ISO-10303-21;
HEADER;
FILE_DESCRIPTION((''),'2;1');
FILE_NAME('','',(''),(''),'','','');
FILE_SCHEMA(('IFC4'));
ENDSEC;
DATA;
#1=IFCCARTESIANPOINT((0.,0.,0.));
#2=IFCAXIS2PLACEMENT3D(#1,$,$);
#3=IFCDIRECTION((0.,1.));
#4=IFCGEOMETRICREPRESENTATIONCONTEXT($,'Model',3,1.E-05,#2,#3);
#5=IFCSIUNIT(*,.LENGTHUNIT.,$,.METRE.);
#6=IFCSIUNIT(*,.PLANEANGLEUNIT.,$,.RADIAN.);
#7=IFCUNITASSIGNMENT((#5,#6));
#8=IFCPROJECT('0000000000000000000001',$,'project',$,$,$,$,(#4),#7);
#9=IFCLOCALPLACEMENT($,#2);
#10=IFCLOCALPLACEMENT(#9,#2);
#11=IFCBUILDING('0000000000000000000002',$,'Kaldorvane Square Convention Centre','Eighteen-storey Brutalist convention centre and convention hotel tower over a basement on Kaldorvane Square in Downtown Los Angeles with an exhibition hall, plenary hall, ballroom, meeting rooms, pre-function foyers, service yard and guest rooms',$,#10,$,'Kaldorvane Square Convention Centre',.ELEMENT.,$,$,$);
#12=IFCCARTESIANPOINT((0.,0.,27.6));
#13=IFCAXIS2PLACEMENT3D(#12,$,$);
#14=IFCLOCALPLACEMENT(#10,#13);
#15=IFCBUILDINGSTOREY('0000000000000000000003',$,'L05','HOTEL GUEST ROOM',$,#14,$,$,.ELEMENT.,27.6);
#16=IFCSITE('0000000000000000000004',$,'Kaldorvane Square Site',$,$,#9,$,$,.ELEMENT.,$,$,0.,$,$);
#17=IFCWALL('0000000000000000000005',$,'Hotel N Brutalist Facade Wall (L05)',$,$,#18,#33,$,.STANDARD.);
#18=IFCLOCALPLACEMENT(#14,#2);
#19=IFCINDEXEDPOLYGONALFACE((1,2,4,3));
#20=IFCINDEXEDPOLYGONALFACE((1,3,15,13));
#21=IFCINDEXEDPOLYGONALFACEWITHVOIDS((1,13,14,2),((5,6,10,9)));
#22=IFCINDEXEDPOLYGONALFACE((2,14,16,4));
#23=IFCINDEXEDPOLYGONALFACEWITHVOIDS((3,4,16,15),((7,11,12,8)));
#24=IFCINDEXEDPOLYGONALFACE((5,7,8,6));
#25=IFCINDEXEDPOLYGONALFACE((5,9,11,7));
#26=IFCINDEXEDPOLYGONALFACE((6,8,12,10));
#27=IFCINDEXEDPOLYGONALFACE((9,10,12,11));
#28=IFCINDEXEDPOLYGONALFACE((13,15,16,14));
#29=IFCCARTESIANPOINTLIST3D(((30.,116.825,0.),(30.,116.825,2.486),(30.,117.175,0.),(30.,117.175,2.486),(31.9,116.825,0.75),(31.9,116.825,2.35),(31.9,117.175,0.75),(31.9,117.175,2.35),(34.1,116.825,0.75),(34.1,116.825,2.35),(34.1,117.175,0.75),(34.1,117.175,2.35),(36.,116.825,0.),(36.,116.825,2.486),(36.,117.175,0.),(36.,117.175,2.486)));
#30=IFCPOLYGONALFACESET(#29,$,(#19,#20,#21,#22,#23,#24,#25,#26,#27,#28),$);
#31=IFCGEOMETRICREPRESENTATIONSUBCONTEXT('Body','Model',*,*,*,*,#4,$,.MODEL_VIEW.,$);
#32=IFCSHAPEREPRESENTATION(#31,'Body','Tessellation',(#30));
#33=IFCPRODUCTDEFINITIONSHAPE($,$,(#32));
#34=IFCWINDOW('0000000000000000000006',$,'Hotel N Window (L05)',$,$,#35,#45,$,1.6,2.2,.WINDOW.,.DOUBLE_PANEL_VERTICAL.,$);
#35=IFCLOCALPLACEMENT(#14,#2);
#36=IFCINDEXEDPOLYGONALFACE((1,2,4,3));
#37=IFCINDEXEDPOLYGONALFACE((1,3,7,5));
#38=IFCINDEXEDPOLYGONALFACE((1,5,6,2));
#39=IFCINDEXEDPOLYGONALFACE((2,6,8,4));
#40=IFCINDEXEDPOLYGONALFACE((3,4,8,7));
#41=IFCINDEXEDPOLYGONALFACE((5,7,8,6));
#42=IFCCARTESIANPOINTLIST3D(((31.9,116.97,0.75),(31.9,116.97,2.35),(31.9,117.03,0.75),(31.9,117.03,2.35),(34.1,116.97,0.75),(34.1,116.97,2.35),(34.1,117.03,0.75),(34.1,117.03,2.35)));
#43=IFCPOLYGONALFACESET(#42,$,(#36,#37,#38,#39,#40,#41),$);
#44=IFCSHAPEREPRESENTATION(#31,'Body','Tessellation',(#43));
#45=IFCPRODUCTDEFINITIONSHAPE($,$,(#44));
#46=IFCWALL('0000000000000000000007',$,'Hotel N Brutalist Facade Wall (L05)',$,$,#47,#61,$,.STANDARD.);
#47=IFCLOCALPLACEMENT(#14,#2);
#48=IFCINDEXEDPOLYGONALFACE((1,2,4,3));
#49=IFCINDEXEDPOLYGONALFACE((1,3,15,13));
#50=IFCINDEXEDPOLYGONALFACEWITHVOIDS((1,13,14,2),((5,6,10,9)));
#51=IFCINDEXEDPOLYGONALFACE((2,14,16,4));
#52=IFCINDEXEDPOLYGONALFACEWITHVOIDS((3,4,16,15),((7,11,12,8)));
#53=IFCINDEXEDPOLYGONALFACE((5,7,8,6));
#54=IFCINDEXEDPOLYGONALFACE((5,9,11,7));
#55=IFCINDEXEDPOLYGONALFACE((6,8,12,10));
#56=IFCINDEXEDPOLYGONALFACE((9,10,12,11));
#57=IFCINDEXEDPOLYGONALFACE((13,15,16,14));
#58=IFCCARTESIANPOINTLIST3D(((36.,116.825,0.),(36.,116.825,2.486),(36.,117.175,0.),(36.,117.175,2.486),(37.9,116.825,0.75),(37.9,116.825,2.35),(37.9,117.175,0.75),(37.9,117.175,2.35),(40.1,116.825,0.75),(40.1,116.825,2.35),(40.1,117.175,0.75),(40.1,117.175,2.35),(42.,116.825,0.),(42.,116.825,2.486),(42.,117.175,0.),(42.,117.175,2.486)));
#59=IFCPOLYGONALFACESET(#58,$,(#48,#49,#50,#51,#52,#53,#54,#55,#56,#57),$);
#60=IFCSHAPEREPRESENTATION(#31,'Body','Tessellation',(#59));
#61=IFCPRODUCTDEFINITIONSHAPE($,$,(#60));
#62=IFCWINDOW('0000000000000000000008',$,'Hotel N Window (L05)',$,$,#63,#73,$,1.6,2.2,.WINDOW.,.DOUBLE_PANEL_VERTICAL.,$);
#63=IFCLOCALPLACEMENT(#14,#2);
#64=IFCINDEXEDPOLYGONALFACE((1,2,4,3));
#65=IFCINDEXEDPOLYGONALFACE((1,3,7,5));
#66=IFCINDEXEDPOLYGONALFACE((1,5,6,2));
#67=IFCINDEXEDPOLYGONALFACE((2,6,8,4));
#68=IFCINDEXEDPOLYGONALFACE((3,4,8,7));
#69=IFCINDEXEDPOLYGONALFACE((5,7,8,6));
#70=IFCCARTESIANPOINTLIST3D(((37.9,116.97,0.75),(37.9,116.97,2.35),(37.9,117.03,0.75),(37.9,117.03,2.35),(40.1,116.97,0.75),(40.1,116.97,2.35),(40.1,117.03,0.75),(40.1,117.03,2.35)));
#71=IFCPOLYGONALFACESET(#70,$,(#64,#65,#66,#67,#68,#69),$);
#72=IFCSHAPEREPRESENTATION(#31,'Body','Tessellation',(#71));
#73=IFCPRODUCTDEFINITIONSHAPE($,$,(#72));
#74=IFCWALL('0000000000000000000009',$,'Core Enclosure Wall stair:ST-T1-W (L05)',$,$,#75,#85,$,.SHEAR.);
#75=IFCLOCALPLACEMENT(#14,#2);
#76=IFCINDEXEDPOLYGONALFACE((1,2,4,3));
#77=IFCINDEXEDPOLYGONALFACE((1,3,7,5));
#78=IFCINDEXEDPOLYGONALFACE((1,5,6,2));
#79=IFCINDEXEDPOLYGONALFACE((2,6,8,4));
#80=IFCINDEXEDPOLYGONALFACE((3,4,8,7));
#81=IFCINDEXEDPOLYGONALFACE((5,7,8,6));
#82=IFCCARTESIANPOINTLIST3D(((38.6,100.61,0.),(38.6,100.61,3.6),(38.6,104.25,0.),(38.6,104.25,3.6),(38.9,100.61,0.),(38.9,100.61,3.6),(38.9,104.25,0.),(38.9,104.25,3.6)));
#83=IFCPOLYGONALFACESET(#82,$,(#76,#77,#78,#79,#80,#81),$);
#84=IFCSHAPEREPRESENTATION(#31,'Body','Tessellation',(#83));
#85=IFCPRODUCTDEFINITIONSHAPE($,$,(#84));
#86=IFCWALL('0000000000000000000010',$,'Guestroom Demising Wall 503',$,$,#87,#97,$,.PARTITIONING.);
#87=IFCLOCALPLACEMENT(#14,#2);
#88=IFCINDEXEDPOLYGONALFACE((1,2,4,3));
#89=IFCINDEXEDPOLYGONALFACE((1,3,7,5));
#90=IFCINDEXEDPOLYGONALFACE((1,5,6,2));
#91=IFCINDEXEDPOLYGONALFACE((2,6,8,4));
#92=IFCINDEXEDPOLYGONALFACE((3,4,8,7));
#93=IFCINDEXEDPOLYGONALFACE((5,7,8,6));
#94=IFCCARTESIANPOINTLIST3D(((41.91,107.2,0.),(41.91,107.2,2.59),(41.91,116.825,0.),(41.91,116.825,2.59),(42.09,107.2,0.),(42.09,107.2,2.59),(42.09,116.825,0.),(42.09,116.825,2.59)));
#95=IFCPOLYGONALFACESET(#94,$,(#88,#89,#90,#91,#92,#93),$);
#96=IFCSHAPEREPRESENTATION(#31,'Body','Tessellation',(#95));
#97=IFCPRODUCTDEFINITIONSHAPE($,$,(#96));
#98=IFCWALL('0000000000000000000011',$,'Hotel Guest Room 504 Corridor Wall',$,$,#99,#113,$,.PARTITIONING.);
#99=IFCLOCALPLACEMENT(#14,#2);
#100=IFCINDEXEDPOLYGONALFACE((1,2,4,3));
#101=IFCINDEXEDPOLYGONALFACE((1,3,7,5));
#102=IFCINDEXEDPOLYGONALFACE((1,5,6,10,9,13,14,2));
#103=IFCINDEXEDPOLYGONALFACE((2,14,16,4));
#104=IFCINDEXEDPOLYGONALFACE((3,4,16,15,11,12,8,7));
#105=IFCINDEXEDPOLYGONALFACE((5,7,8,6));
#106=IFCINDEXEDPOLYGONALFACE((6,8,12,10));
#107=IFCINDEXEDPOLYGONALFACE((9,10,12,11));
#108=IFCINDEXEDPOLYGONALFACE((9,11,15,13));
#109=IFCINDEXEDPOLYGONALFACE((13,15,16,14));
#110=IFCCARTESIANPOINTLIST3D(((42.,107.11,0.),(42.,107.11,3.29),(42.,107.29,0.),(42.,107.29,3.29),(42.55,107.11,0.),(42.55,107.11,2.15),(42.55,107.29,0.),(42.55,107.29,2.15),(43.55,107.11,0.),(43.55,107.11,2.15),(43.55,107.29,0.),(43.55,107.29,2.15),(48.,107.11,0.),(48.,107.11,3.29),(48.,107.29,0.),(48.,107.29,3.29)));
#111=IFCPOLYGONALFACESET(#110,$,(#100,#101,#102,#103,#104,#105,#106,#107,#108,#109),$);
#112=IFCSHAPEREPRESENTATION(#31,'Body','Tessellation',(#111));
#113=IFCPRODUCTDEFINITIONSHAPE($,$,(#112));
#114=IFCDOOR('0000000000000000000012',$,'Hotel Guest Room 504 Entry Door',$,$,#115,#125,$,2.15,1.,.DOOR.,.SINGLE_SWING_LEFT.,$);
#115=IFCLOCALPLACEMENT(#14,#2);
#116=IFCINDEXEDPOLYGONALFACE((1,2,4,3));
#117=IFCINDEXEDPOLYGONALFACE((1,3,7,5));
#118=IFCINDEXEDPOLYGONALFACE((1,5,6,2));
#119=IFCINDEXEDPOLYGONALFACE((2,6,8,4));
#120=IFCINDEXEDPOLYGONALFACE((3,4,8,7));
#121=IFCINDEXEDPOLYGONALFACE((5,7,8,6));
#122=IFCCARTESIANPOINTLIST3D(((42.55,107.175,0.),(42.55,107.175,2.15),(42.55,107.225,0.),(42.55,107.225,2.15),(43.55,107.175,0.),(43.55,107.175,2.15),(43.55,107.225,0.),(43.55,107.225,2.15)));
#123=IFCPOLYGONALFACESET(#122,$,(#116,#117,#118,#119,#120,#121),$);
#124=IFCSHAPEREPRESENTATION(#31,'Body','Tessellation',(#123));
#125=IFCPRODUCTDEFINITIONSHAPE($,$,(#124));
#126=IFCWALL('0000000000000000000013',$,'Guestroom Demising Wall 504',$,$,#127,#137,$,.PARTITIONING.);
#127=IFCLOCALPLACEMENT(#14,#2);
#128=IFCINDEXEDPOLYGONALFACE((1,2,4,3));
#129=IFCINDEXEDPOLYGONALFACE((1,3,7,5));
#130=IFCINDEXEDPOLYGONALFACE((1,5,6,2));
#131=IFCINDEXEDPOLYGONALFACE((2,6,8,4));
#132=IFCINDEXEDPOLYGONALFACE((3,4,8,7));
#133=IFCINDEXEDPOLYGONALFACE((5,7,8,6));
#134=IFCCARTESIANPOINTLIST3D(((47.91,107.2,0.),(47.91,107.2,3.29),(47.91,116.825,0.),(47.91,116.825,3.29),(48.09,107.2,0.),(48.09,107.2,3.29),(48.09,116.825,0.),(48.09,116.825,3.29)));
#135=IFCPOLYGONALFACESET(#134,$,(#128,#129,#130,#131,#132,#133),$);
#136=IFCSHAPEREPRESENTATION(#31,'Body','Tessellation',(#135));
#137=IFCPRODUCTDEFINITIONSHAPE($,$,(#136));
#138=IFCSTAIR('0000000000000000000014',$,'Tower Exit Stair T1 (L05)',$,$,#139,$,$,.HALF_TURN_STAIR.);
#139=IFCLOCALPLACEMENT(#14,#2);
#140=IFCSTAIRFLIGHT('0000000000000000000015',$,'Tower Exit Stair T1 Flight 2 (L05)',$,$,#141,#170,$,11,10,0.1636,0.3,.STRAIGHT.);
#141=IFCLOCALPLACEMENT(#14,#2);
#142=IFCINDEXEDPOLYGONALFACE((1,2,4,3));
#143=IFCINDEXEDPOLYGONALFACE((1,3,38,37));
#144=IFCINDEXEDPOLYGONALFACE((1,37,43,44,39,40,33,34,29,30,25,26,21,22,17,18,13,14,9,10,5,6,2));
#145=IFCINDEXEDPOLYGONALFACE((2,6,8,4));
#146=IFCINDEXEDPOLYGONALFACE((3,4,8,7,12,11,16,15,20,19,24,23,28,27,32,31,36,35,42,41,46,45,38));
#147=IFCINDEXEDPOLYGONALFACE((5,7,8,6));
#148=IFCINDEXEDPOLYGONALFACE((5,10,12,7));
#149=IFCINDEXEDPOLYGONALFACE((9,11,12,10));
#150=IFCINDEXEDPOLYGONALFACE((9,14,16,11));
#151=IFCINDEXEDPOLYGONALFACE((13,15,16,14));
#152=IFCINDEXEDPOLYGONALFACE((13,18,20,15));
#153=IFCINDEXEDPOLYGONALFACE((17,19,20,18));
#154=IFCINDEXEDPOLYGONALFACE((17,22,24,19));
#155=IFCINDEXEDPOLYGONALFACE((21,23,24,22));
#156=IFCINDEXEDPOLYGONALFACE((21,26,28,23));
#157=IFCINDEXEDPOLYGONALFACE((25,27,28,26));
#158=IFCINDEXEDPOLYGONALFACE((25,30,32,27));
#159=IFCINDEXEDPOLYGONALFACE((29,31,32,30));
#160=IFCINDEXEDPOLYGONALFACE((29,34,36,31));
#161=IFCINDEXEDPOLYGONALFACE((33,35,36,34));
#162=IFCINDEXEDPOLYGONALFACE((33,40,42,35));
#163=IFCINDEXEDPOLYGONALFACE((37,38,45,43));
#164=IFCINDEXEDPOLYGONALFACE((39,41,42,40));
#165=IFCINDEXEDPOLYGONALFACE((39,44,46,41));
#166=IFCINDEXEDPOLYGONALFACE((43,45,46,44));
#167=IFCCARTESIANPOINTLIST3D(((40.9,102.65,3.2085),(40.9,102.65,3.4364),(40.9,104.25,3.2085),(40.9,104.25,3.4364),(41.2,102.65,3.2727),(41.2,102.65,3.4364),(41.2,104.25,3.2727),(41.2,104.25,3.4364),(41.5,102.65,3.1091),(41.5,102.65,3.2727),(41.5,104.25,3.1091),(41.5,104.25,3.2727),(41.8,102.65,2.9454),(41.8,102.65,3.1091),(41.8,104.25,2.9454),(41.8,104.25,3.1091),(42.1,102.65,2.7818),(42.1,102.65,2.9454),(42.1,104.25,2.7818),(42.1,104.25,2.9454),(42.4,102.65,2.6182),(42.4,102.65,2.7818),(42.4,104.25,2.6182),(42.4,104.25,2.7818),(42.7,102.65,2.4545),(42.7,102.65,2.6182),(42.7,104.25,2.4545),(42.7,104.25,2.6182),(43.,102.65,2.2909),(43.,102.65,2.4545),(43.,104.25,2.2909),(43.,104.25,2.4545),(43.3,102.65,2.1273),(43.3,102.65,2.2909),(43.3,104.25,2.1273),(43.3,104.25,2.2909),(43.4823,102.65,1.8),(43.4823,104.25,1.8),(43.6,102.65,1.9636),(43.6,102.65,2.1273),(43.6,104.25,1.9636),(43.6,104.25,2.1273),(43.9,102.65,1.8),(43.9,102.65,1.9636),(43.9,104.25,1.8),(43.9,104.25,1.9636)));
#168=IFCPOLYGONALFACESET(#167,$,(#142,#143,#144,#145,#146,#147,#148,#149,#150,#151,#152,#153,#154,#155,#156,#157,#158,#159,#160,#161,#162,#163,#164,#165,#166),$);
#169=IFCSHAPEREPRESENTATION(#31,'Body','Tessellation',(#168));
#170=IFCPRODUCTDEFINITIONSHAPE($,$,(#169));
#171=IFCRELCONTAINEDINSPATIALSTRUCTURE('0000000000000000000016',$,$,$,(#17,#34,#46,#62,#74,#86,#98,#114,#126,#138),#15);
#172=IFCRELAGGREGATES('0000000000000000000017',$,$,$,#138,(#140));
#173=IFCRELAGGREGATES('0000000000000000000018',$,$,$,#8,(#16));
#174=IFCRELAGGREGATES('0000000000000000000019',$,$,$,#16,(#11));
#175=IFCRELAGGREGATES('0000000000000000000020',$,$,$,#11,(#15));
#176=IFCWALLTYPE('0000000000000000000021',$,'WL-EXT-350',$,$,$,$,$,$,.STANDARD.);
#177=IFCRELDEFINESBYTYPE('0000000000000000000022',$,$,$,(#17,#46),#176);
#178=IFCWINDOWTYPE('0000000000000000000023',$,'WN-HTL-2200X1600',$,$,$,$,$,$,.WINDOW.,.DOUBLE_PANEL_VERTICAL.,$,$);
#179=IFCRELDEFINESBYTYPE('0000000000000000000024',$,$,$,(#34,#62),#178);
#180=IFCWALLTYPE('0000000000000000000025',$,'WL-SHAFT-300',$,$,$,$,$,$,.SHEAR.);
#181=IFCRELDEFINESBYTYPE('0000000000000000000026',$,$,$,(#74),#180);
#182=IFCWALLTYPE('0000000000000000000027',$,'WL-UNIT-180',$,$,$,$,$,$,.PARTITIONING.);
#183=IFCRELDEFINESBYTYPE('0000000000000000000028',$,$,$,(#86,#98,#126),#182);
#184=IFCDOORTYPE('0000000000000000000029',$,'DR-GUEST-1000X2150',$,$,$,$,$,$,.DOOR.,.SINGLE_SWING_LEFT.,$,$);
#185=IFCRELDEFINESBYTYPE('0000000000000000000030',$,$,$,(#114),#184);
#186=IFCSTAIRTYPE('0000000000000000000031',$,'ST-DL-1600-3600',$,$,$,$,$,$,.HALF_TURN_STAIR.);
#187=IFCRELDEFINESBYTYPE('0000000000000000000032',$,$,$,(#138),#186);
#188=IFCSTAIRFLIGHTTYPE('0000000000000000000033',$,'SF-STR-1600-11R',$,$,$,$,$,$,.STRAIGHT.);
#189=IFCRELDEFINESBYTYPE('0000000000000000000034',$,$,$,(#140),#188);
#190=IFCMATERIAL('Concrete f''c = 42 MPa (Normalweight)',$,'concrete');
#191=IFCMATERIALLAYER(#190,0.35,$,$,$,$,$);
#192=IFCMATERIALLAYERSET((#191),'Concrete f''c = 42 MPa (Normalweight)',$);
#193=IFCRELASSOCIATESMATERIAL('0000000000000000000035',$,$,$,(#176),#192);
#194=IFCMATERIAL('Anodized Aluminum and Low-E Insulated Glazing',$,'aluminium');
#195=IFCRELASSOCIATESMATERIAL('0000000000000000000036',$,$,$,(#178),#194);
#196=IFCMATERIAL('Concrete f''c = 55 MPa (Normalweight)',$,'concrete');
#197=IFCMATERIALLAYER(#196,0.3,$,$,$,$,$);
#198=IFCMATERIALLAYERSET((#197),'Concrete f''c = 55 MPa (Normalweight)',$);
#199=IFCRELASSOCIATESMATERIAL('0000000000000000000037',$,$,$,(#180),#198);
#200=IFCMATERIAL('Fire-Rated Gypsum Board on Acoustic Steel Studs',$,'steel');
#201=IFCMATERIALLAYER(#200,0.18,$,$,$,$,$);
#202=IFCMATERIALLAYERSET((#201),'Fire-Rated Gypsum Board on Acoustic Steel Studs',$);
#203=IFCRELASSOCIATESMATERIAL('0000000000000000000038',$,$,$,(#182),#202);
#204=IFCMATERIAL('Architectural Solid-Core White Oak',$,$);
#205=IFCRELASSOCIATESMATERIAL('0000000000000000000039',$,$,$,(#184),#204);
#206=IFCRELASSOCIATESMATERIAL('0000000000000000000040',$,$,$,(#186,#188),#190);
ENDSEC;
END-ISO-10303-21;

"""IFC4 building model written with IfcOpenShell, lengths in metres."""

from ifc_helpers import new_model, si_unit, direction, frame, frame_2d, origin, place, context, subcontext, project, spatial, polyline, rectangle, outline, extrude, material, layer, layer_set, type_object, element, fill, aggregate, save


model = new_model("IFC4")

# Units and contexts
model_context = context("Model", 3, precision=1e-05, world=origin(), true_north=direction((0.0, 1.0)))
body_context = subcontext(model_context, "Body", "Model", "MODEL_VIEW")
ifc_project = project(units=[si_unit("LENGTHUNIT", "METRE"), si_unit("PLANEANGLEUNIT", "RADIAN")], contexts=[model_context])

# Site, building, storey
site_placement = place(None, origin())
site = spatial("IfcSite", under=ifc_project, at=site_placement, Name="Kaldorvane Square Site", CompositionType="ELEMENT", RefElevation=0.0)
building_placement = place(site_placement, origin())
building = spatial("IfcBuilding", under=site, at=building_placement, Name="Kaldorvane Square Convention Centre", Description="Eighteen-storey Brutalist convention centre and convention hotel tower over a basement on Kaldorvane Square in Downtown Los Angeles with an exhibition hall, plenary hall, ballroom, meeting rooms, pre-function foyers, service yard and guest rooms", LongName="Kaldorvane Square Convention Centre", CompositionType="ELEMENT")
storey_placement = place(building_placement, frame((0.0, 0.0, 27.6)))
storey = spatial("IfcBuildingStorey", under=building, at=storey_placement, Name="L05", Description="HOTEL GUEST ROOM", CompositionType="ELEMENT", Elevation=27.6)

# Shared definitions
ifc_material_1 = material(Name="Concrete f'c = 55 MPa (Normalweight)", Category="concrete")

# Shared definitions
ifc_material_2 = material(Name="Concrete f'c = 42 MPa (Normalweight)", Category="concrete")

# Shared definitions
ifc_material_3 = material(Name="Fire-Rated Gypsum Board on Acoustic Steel Studs", Category="steel")
ifc_material_4 = material(Name="Architectural Solid-Core White Oak")

# Walls, openings, windows
ifc_layer_1 = layer(ifc_material_2, 0.35)
ifc_layer_set_1 = layer_set([ifc_layer_1], Name="Concrete f'c = 42 MPa (Normalweight)")
wall_type_1 = type_object("IfcWallType", Name="WL-EXT-350", PredefinedType="STANDARD", material=ifc_layer_set_1)
wall_1_placement = place(storey_placement, frame((36.0, 117.0, 0.0), z_axis=(0.0, 0.0, 1.0), x_axis=(-1.0, 0.0, 0.0)))
wall_1 = element("IfcWall", 1, at=wall_1_placement, inside=storey, type_object=wall_type_1, Name="Hotel N Brutalist Facade Wall (L05)", PredefinedType="STANDARD", context=body_context, shape_type="SweptSolid", body=[
    extrude(rectangle(XDim=6.0, YDim=0.35, at=frame_2d((3.0, 0.0))), origin(), (0.0, 0.0, 1.0), 2.486),
])
opening_1_placement = place(wall_1_placement, frame((1.9, 0.0, 0.75)))
opening_1 = element("IfcOpeningElement", 2, at=opening_1_placement, cuts=wall_1, PredefinedType="OPENING", context=body_context, shape_type="SweptSolid", body=[
    extrude(rectangle(XDim=2.2, YDim=1.6, at=frame_2d((1.1, 0.8))), frame((0.0, 0.19, 0.0), z_axis=(0.0, -1.0, 0.0), x_axis=(1.0, 0.0, 0.0)), (0.0, 0.0, 1.0), 0.38),
])
ifc_material_5 = material(Name="Anodized Aluminum and Low-E Insulated Glazing", Category="aluminium")
window_type = type_object("IfcWindowType", Name="WN-HTL-2200X1600", PartitioningType="DOUBLE_PANEL_VERTICAL", PredefinedType="WINDOW", material=ifc_material_5)
window_1_placement = place(opening_1_placement, origin())
window_1 = element("IfcWindow", 3, at=window_1_placement, inside=storey, type_object=window_type, Name="Hotel N Window (L05)", OverallHeight=1.6, OverallWidth=2.2, PartitioningType="DOUBLE_PANEL_VERTICAL", PredefinedType="WINDOW", context=body_context, shape_type="SweptSolid", body=[
    extrude(rectangle(XDim=2.2, YDim=1.6, at=frame_2d((1.1, 0.8))), frame((0.0, 0.03, 0.0), z_axis=(0.0, -1.0, 0.0), x_axis=(1.0, 0.0, 0.0)), (0.0, 0.0, 1.0), 0.06),
])
fill(opening_1, window_1)
wall_2_placement = place(storey_placement, frame((42.0, 117.0, 0.0), z_axis=(0.0, 0.0, 1.0), x_axis=(-1.0, 0.0, 0.0)))
wall_2 = element("IfcWall", 4, at=wall_2_placement, inside=storey, type_object=wall_type_1, Name="Hotel N Brutalist Facade Wall (L05)", PredefinedType="STANDARD", context=body_context, shape_type="SweptSolid", body=[
    extrude(rectangle(XDim=6.0, YDim=0.35, at=frame_2d((3.0, 0.0))), origin(), (0.0, 0.0, 1.0), 2.486),
])
opening_2_placement = place(wall_2_placement, frame((1.9, 0.0, 0.75)))
opening_2 = element("IfcOpeningElement", 5, at=opening_2_placement, cuts=wall_2, PredefinedType="OPENING", context=body_context, shape_type="SweptSolid", body=[
    extrude(rectangle(XDim=2.2, YDim=1.6, at=frame_2d((1.1, 0.8))), frame((0.0, 0.19, 0.0), z_axis=(0.0, -1.0, 0.0), x_axis=(1.0, 0.0, 0.0)), (0.0, 0.0, 1.0), 0.38),
])
window_2_placement = place(opening_2_placement, origin())
window_2 = element("IfcWindow", 6, at=window_2_placement, inside=storey, type_object=window_type, Name="Hotel N Window (L05)", OverallHeight=1.6, OverallWidth=2.2, PartitioningType="DOUBLE_PANEL_VERTICAL", PredefinedType="WINDOW", context=body_context, shape_type="SweptSolid", body=[
    extrude(rectangle(XDim=2.2, YDim=1.6, at=frame_2d((1.1, 0.8))), frame((0.0, 0.03, 0.0), z_axis=(0.0, -1.0, 0.0), x_axis=(1.0, 0.0, 0.0)), (0.0, 0.0, 1.0), 0.06),
])
fill(opening_2, window_2)

# Walls
ifc_layer_2 = layer(ifc_material_1, 0.3)
ifc_layer_set_2 = layer_set([ifc_layer_2], Name="Concrete f'c = 55 MPa (Normalweight)")
wall_type_2 = type_object("IfcWallType", Name="WL-SHAFT-300", PredefinedType="SHEAR", material=ifc_layer_set_2)
wall_3_placement = place(storey_placement, frame((38.75, 104.25, 0.0), z_axis=(0.0, 0.0, 1.0), x_axis=(0.0, -1.0, 0.0)))
element("IfcWall", 7, at=wall_3_placement, inside=storey, type_object=wall_type_2, Name="Core Enclosure Wall stair:ST-T1-W (L05)", PredefinedType="SHEAR", context=body_context, shape_type="SweptSolid", body=[
    extrude(rectangle(XDim=3.64, YDim=0.3, at=frame_2d((1.82, 0.0))), origin(), (0.0, 0.0, 1.0), 3.6),
])
ifc_layer_3 = layer(ifc_material_3, 0.18)
ifc_layer_set_3 = layer_set([ifc_layer_3], Name="Fire-Rated Gypsum Board on Acoustic Steel Studs")
wall_type_3 = type_object("IfcWallType", Name="WL-UNIT-180", PredefinedType="PARTITIONING", material=ifc_layer_set_3)
wall_4_placement = place(storey_placement, frame((42.0, 107.2, 0.0), z_axis=(0.0, 0.0, 1.0), x_axis=(0.0, 1.0, 0.0)))
element("IfcWall", 8, at=wall_4_placement, inside=storey, type_object=wall_type_3, Name="Guestroom Demising Wall 503", PredefinedType="PARTITIONING", context=body_context, shape_type="SweptSolid", body=[
    extrude(rectangle(XDim=9.625, YDim=0.18, at=frame_2d((4.8125, 0.0))), origin(), (0.0, 0.0, 1.0), 2.59),
])

# Wall, opening, door
wall_5_placement = place(storey_placement, frame((42.0, 107.2, 0.0), z_axis=(0.0, 0.0, 1.0), x_axis=(1.0, 0.0, 0.0)))
wall_5 = element("IfcWall", 9, at=wall_5_placement, inside=storey, type_object=wall_type_3, Name="Hotel Guest Room 504 Corridor Wall", PredefinedType="PARTITIONING", context=body_context, shape_type="SweptSolid", body=[
    extrude(rectangle(XDim=6.0, YDim=0.18, at=frame_2d((3.0, 0.0))), origin(), (0.0, 0.0, 1.0), 3.29),
])
opening_3_placement = place(wall_5_placement, frame((0.55, 0.0, 0.0)))
opening_3 = element("IfcOpeningElement", 10, at=opening_3_placement, cuts=wall_5, PredefinedType="OPENING", context=body_context, shape_type="SweptSolid", body=[
    extrude(rectangle(XDim=1.0, YDim=2.15, at=frame_2d((0.5, 1.075))), frame((0.0, 0.105, 0.0), z_axis=(0.0, -1.0, 0.0), x_axis=(1.0, 0.0, 0.0)), (0.0, 0.0, 1.0), 0.21),
])
door_type_1 = type_object("IfcDoorType", Name="DR-GUEST-1000X2150", OperationType="SINGLE_SWING_LEFT", PredefinedType="DOOR", material=ifc_material_4)
door_1_placement = place(opening_3_placement, origin())
door_1 = element("IfcDoor", 11, at=door_1_placement, inside=storey, type_object=door_type_1, Name="Hotel Guest Room 504 Entry Door", OperationType="SINGLE_SWING_LEFT", OverallHeight=2.15, OverallWidth=1.0, PredefinedType="DOOR", context=body_context, shape_type="SweptSolid", body=[
    extrude(rectangle(XDim=1.0, YDim=2.15, at=frame_2d((0.5, 1.075))), frame((0.0, 0.025, 0.0), z_axis=(0.0, -1.0, 0.0), x_axis=(1.0, 0.0, 0.0)), (0.0, 0.0, 1.0), 0.05),
])
fill(opening_3, door_1)

# Wall
wall_6_placement = place(storey_placement, frame((48.0, 107.2, 0.0), z_axis=(0.0, 0.0, 1.0), x_axis=(0.0, 1.0, 0.0)))
element("IfcWall", 12, at=wall_6_placement, inside=storey, type_object=wall_type_3, Name="Guestroom Demising Wall 504", PredefinedType="PARTITIONING", context=body_context, shape_type="SweptSolid", body=[
    extrude(rectangle(XDim=9.625, YDim=0.18, at=frame_2d((4.8125, 0.0))), origin(), (0.0, 0.0, 1.0), 3.29),
])

# Stair, stair flight
stair_type = type_object("IfcStairType", Name="ST-DL-1600-3600", PredefinedType="HALF_TURN_STAIR", material=ifc_material_2)
stair_placement = place(storey_placement, origin())
stair = element("IfcStair", 13, at=stair_placement, inside=storey, type_object=stair_type, Name="Tower Exit Stair T1 (L05)", PredefinedType="HALF_TURN_STAIR")
stair_flight_type = type_object("IfcStairFlightType", Name="SF-STR-1600-11R", PredefinedType="STRAIGHT", material=ifc_material_2)
stair_flight_placement = place(storey_placement, frame((43.9, 103.45, 1.8), z_axis=(0.0, 0.0, 1.0), x_axis=(-1.0, 0.0, 0.0)))
stair_flight = element("IfcStairFlight", 14, at=stair_flight_placement, type_object=stair_flight_type, Name="Tower Exit Stair T1 Flight 2 (L05)", NumberOfRisers=11, NumberOfTreads=10, PredefinedType="STRAIGHT", RiserHeight=0.1636, TreadLength=0.3, context=body_context, shape_type="SweptSolid", body=[
    extrude(outline(polyline([(0.0, 0.0), (0.0, 0.1636), (0.3, 0.1636), (0.3, 0.3273), (0.6, 0.3273), (0.6, 0.4909), (0.9, 0.4909), (0.9, 0.6545), (1.2, 0.6545), (1.2, 0.8182), (1.5, 0.8182), (1.5, 0.9818), (1.8, 0.9818), (1.8, 1.1455), (2.1, 1.1455), (2.1, 1.3091), (2.4, 1.3091), (2.4, 1.4727), (2.7, 1.4727), (2.7, 1.6364), (3.0, 1.6364), (3.0, 1.8), (3.0, 1.4086), (0.4177, 0.0), (0.0, 0.0)])), frame((0.0, 0.8, 0.0), z_axis=(0.0, -1.0, 0.0), x_axis=(1.0, 0.0, 0.0)), (0.0, 0.0, 1.0), 1.6),
])
aggregate(stair, [stair_flight])

save(model, "model.ifc")
